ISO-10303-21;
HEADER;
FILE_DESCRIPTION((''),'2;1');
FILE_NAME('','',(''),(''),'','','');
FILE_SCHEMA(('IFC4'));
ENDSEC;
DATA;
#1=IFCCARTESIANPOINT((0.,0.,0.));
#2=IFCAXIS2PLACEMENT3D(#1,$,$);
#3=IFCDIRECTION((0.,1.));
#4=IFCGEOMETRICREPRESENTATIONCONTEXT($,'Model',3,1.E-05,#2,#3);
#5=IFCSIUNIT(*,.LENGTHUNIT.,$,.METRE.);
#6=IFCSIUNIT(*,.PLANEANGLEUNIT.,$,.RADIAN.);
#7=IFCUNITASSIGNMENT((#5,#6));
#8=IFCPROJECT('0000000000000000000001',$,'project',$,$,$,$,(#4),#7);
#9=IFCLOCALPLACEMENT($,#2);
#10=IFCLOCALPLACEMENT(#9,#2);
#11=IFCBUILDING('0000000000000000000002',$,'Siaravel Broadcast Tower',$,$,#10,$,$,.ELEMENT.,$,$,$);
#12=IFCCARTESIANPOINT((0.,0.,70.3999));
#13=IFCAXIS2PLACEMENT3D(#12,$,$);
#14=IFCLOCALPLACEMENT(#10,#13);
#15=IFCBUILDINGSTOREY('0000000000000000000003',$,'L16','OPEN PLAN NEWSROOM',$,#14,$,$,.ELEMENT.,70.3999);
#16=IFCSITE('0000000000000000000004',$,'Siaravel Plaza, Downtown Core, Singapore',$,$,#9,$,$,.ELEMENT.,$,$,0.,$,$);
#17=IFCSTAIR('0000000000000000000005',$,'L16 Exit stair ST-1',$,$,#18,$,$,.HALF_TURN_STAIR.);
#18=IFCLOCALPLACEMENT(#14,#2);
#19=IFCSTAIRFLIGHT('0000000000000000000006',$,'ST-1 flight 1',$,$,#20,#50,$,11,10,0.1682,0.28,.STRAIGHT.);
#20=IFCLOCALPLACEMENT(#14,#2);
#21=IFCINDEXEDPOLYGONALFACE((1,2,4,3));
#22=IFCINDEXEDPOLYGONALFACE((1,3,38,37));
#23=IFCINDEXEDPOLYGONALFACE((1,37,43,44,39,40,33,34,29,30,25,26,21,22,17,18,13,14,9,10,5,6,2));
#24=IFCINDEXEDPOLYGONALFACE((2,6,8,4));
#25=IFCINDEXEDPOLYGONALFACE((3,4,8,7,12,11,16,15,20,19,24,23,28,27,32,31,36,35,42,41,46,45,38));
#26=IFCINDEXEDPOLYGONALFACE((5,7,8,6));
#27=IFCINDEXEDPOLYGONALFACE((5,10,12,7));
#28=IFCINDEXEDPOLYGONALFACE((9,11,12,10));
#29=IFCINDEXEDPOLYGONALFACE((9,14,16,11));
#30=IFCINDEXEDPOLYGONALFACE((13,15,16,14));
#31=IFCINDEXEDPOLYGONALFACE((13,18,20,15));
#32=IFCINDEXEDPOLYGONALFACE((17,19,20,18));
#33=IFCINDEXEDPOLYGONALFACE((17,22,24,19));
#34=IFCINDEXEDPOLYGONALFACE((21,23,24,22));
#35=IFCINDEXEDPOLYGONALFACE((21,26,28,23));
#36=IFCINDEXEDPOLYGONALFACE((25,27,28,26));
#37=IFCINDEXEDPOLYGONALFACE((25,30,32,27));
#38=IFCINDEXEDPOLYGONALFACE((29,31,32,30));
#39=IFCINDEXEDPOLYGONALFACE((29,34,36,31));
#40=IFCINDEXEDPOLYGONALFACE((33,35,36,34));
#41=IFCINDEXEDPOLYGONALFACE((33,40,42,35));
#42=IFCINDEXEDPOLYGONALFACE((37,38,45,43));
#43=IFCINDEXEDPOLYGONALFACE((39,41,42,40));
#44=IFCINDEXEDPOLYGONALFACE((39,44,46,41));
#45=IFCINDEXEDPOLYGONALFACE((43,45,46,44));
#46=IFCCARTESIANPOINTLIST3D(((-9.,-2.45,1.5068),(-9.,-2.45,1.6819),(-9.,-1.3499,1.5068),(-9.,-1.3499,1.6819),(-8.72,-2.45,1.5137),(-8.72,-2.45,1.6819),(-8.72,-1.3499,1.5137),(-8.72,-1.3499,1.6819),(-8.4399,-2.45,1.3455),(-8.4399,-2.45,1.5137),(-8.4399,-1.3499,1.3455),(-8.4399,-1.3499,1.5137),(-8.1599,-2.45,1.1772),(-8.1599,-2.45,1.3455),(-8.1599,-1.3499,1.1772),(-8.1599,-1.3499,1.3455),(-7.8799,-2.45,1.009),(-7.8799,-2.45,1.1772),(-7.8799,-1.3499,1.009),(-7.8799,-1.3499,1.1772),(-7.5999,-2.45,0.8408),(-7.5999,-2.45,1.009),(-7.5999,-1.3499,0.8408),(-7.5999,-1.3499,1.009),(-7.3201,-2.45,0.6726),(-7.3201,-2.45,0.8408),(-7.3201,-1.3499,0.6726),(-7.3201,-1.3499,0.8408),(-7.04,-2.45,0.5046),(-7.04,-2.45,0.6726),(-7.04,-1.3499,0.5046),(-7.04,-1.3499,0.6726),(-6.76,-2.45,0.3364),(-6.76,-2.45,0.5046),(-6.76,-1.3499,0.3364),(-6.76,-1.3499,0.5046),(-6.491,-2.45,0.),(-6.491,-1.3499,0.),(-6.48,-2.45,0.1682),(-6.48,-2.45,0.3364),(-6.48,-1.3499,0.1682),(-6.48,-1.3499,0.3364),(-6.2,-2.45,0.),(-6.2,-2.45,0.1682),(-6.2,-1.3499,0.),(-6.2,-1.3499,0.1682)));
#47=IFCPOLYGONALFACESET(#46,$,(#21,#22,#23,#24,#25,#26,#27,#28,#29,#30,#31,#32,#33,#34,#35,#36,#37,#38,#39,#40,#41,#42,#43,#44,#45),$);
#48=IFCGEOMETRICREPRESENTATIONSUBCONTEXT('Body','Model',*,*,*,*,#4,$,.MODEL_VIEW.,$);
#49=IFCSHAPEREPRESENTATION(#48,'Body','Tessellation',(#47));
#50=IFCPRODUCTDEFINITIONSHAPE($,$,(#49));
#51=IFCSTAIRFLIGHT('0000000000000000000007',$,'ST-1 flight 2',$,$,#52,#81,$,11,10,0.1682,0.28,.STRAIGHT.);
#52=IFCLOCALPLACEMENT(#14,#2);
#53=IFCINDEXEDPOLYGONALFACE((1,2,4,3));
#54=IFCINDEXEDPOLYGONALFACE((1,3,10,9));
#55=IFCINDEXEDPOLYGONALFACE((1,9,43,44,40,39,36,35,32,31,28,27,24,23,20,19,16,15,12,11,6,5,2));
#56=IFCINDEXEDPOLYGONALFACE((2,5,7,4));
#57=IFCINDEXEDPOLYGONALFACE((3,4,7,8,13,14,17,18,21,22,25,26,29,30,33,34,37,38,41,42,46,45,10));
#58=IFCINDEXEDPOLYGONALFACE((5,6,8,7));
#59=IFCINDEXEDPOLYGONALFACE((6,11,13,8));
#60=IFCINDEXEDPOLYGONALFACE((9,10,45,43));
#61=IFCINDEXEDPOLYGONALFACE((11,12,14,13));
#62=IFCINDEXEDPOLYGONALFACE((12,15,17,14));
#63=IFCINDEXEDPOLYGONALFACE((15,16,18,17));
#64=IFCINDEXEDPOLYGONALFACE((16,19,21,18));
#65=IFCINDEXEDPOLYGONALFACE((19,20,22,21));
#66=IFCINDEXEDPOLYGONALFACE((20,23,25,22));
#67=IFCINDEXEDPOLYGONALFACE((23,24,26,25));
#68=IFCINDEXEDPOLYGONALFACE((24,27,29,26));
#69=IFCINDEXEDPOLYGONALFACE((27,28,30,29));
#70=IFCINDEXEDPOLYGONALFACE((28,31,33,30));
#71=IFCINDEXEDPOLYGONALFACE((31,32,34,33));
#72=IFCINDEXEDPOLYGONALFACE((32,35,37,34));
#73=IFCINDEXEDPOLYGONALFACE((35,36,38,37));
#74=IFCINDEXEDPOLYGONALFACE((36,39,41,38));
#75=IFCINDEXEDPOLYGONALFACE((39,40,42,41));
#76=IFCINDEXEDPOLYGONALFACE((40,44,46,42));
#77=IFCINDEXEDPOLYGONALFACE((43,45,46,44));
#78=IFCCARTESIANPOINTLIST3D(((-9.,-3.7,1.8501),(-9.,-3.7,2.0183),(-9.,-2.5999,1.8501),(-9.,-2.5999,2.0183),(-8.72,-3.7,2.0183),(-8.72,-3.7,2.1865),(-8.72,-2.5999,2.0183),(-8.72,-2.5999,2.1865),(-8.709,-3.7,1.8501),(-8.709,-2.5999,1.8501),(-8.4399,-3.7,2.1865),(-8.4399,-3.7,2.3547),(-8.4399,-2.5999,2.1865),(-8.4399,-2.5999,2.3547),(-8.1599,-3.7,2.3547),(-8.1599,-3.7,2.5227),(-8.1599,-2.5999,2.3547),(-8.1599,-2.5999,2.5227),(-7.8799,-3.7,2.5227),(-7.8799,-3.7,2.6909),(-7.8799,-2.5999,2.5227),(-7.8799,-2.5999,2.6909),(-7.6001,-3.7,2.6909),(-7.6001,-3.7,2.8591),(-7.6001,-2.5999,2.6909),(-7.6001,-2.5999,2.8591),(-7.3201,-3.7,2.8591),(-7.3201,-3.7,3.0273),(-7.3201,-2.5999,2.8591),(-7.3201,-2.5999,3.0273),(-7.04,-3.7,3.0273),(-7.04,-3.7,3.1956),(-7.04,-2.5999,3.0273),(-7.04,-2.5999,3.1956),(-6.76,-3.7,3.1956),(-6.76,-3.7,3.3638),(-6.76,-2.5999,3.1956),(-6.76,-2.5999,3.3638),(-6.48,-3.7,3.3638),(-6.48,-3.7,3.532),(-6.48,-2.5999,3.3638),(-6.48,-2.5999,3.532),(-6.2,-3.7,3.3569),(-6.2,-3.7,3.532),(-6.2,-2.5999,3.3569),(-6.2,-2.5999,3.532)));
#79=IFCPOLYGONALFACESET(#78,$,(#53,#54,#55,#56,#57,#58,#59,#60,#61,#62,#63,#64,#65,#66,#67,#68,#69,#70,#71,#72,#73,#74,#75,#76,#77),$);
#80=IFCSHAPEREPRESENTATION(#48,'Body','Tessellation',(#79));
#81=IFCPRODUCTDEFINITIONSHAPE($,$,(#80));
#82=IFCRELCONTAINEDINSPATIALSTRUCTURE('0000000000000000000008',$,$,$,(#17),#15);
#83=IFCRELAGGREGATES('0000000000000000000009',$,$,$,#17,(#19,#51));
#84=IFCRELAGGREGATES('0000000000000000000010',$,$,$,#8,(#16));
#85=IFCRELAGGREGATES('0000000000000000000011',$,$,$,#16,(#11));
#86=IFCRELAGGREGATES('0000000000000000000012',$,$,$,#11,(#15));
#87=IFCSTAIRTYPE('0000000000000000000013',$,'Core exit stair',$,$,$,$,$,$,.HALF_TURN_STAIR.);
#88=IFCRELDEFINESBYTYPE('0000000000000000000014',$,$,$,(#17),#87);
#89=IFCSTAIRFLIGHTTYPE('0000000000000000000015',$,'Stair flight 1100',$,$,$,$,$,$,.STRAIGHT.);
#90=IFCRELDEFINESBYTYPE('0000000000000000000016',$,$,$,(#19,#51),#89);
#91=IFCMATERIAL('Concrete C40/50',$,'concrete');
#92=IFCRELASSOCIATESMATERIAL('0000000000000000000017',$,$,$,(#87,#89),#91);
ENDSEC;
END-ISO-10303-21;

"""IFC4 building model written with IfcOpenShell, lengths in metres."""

from ifc_helpers import new_model, si_unit, direction, frame, origin, place, context, subcontext, project, spatial, polyline, outline, extrude, material, type_object, element, aggregate, save


model = new_model("IFC4")

# Units and contexts
model_context = context("Model", 3, precision=1e-05, world=origin(), true_north=direction((0.0, 1.0)))
body_context = subcontext(model_context, "Body", "Model", "MODEL_VIEW")
ifc_project = project(units=[si_unit("LENGTHUNIT", "METRE"), si_unit("PLANEANGLEUNIT", "RADIAN")], contexts=[model_context])

# Site, building, storey
site_placement = place(None, origin())
site = spatial("IfcSite", under=ifc_project, at=site_placement, Name="Siaravel Plaza, Downtown Core, Singapore", CompositionType="ELEMENT", RefElevation=0.0)
building_placement = place(site_placement, origin())
building = spatial("IfcBuilding", under=site, at=building_placement, Name="Siaravel Broadcast Tower", CompositionType="ELEMENT")
storey_placement = place(building_placement, frame((0.0, 0.0, 70.3999)))
storey = spatial("IfcBuildingStorey", under=building, at=storey_placement, Name="L16", Description="OPEN PLAN NEWSROOM", CompositionType="ELEMENT", Elevation=70.3999)

# Stair, stair flights
ifc_material_1 = material(Name="Concrete C40/50", Category="concrete")
stair_type = type_object("IfcStairType", Name="Core exit stair", PredefinedType="HALF_TURN_STAIR", material=ifc_material_1)
stair_placement = place(storey_placement, origin())
stair = element("IfcStair", 1, at=stair_placement, inside=storey, type_object=stair_type, Name="L16 Exit stair ST-1", PredefinedType="HALF_TURN_STAIR")
stair_flight_type = type_object("IfcStairFlightType", Name="Stair flight 1100", PredefinedType="STRAIGHT", material=ifc_material_1)
stair_flight_1_placement = place(storey_placement, frame((-6.2, -1.8999, 0.0), z_axis=(0.0, 0.0, 1.0), x_axis=(-1.0, 0.0, 0.0)))
stair_flight_1 = element("IfcStairFlight", 2, at=stair_flight_1_placement, type_object=stair_flight_type, Name="ST-1 flight 1", NumberOfRisers=11, NumberOfTreads=10, PredefinedType="STRAIGHT", RiserHeight=0.1682, TreadLength=0.28, context=body_context, shape_type="SweptSolid", body=[
    extrude(outline(polyline([(0.0, 0.0), (0.0, 0.1682), (0.28, 0.1682), (0.28, 0.3364), (0.5601, 0.3364), (0.5601, 0.5046), (0.8401, 0.5046), (0.8401, 0.6726), (1.1201, 0.6726), (1.1201, 0.8408), (1.3999, 0.8408), (1.3999, 1.009), (1.6799, 1.009), (1.6799, 1.1772), (1.96, 1.1772), (1.96, 1.3455), (2.24, 1.3455), (2.24, 1.5137), (2.52, 1.5137), (2.52, 1.6819), (2.8, 1.6819), (2.8, 1.8501), (2.8, 1.5068), (0.291, 0.0), (0.0, 0.0)])), frame((0.0, 0.55, 0.0), z_axis=(0.0, -1.0, 0.0), x_axis=(1.0, 0.0, 0.0)), (0.0, 0.0, 1.0), 1.1001),
])
stair_flight_2_placement = place(storey_placement, frame((-9.0, -3.1499, 1.8501), z_axis=(0.0, 0.0, 1.0), x_axis=(1.0, 0.0, 0.0)))
stair_flight_2 = element("IfcStairFlight", 3, at=stair_flight_2_placement, type_object=stair_flight_type, Name="ST-1 flight 2", NumberOfRisers=11, NumberOfTreads=10, PredefinedType="STRAIGHT", RiserHeight=0.1682, TreadLength=0.28, context=body_context, shape_type="SweptSolid", body=[
    extrude(outline(polyline([(0.0, 0.0), (0.0, 0.1682), (0.28, 0.1682), (0.28, 0.3364), (0.5601, 0.3364), (0.5601, 0.5046), (0.8401, 0.5046), (0.8401, 0.6726), (1.1201, 0.6726), (1.1201, 0.8408), (1.3999, 0.8408), (1.3999, 1.009), (1.6799, 1.009), (1.6799, 1.1772), (1.96, 1.1772), (1.96, 1.3455), (2.24, 1.3455), (2.24, 1.5137), (2.52, 1.5137), (2.52, 1.6819), (2.8, 1.6819), (2.8, 1.8501), (2.8, 1.5068), (0.291, 0.0), (0.0, 0.0)])), frame((0.0, 0.55, 0.0), z_axis=(0.0, -1.0, 0.0), x_axis=(1.0, 0.0, 0.0)), (0.0, 0.0, 1.0), 1.1001),
])
aggregate(stair, [stair_flight_1, stair_flight_2])

save(model, "model.ifc")
